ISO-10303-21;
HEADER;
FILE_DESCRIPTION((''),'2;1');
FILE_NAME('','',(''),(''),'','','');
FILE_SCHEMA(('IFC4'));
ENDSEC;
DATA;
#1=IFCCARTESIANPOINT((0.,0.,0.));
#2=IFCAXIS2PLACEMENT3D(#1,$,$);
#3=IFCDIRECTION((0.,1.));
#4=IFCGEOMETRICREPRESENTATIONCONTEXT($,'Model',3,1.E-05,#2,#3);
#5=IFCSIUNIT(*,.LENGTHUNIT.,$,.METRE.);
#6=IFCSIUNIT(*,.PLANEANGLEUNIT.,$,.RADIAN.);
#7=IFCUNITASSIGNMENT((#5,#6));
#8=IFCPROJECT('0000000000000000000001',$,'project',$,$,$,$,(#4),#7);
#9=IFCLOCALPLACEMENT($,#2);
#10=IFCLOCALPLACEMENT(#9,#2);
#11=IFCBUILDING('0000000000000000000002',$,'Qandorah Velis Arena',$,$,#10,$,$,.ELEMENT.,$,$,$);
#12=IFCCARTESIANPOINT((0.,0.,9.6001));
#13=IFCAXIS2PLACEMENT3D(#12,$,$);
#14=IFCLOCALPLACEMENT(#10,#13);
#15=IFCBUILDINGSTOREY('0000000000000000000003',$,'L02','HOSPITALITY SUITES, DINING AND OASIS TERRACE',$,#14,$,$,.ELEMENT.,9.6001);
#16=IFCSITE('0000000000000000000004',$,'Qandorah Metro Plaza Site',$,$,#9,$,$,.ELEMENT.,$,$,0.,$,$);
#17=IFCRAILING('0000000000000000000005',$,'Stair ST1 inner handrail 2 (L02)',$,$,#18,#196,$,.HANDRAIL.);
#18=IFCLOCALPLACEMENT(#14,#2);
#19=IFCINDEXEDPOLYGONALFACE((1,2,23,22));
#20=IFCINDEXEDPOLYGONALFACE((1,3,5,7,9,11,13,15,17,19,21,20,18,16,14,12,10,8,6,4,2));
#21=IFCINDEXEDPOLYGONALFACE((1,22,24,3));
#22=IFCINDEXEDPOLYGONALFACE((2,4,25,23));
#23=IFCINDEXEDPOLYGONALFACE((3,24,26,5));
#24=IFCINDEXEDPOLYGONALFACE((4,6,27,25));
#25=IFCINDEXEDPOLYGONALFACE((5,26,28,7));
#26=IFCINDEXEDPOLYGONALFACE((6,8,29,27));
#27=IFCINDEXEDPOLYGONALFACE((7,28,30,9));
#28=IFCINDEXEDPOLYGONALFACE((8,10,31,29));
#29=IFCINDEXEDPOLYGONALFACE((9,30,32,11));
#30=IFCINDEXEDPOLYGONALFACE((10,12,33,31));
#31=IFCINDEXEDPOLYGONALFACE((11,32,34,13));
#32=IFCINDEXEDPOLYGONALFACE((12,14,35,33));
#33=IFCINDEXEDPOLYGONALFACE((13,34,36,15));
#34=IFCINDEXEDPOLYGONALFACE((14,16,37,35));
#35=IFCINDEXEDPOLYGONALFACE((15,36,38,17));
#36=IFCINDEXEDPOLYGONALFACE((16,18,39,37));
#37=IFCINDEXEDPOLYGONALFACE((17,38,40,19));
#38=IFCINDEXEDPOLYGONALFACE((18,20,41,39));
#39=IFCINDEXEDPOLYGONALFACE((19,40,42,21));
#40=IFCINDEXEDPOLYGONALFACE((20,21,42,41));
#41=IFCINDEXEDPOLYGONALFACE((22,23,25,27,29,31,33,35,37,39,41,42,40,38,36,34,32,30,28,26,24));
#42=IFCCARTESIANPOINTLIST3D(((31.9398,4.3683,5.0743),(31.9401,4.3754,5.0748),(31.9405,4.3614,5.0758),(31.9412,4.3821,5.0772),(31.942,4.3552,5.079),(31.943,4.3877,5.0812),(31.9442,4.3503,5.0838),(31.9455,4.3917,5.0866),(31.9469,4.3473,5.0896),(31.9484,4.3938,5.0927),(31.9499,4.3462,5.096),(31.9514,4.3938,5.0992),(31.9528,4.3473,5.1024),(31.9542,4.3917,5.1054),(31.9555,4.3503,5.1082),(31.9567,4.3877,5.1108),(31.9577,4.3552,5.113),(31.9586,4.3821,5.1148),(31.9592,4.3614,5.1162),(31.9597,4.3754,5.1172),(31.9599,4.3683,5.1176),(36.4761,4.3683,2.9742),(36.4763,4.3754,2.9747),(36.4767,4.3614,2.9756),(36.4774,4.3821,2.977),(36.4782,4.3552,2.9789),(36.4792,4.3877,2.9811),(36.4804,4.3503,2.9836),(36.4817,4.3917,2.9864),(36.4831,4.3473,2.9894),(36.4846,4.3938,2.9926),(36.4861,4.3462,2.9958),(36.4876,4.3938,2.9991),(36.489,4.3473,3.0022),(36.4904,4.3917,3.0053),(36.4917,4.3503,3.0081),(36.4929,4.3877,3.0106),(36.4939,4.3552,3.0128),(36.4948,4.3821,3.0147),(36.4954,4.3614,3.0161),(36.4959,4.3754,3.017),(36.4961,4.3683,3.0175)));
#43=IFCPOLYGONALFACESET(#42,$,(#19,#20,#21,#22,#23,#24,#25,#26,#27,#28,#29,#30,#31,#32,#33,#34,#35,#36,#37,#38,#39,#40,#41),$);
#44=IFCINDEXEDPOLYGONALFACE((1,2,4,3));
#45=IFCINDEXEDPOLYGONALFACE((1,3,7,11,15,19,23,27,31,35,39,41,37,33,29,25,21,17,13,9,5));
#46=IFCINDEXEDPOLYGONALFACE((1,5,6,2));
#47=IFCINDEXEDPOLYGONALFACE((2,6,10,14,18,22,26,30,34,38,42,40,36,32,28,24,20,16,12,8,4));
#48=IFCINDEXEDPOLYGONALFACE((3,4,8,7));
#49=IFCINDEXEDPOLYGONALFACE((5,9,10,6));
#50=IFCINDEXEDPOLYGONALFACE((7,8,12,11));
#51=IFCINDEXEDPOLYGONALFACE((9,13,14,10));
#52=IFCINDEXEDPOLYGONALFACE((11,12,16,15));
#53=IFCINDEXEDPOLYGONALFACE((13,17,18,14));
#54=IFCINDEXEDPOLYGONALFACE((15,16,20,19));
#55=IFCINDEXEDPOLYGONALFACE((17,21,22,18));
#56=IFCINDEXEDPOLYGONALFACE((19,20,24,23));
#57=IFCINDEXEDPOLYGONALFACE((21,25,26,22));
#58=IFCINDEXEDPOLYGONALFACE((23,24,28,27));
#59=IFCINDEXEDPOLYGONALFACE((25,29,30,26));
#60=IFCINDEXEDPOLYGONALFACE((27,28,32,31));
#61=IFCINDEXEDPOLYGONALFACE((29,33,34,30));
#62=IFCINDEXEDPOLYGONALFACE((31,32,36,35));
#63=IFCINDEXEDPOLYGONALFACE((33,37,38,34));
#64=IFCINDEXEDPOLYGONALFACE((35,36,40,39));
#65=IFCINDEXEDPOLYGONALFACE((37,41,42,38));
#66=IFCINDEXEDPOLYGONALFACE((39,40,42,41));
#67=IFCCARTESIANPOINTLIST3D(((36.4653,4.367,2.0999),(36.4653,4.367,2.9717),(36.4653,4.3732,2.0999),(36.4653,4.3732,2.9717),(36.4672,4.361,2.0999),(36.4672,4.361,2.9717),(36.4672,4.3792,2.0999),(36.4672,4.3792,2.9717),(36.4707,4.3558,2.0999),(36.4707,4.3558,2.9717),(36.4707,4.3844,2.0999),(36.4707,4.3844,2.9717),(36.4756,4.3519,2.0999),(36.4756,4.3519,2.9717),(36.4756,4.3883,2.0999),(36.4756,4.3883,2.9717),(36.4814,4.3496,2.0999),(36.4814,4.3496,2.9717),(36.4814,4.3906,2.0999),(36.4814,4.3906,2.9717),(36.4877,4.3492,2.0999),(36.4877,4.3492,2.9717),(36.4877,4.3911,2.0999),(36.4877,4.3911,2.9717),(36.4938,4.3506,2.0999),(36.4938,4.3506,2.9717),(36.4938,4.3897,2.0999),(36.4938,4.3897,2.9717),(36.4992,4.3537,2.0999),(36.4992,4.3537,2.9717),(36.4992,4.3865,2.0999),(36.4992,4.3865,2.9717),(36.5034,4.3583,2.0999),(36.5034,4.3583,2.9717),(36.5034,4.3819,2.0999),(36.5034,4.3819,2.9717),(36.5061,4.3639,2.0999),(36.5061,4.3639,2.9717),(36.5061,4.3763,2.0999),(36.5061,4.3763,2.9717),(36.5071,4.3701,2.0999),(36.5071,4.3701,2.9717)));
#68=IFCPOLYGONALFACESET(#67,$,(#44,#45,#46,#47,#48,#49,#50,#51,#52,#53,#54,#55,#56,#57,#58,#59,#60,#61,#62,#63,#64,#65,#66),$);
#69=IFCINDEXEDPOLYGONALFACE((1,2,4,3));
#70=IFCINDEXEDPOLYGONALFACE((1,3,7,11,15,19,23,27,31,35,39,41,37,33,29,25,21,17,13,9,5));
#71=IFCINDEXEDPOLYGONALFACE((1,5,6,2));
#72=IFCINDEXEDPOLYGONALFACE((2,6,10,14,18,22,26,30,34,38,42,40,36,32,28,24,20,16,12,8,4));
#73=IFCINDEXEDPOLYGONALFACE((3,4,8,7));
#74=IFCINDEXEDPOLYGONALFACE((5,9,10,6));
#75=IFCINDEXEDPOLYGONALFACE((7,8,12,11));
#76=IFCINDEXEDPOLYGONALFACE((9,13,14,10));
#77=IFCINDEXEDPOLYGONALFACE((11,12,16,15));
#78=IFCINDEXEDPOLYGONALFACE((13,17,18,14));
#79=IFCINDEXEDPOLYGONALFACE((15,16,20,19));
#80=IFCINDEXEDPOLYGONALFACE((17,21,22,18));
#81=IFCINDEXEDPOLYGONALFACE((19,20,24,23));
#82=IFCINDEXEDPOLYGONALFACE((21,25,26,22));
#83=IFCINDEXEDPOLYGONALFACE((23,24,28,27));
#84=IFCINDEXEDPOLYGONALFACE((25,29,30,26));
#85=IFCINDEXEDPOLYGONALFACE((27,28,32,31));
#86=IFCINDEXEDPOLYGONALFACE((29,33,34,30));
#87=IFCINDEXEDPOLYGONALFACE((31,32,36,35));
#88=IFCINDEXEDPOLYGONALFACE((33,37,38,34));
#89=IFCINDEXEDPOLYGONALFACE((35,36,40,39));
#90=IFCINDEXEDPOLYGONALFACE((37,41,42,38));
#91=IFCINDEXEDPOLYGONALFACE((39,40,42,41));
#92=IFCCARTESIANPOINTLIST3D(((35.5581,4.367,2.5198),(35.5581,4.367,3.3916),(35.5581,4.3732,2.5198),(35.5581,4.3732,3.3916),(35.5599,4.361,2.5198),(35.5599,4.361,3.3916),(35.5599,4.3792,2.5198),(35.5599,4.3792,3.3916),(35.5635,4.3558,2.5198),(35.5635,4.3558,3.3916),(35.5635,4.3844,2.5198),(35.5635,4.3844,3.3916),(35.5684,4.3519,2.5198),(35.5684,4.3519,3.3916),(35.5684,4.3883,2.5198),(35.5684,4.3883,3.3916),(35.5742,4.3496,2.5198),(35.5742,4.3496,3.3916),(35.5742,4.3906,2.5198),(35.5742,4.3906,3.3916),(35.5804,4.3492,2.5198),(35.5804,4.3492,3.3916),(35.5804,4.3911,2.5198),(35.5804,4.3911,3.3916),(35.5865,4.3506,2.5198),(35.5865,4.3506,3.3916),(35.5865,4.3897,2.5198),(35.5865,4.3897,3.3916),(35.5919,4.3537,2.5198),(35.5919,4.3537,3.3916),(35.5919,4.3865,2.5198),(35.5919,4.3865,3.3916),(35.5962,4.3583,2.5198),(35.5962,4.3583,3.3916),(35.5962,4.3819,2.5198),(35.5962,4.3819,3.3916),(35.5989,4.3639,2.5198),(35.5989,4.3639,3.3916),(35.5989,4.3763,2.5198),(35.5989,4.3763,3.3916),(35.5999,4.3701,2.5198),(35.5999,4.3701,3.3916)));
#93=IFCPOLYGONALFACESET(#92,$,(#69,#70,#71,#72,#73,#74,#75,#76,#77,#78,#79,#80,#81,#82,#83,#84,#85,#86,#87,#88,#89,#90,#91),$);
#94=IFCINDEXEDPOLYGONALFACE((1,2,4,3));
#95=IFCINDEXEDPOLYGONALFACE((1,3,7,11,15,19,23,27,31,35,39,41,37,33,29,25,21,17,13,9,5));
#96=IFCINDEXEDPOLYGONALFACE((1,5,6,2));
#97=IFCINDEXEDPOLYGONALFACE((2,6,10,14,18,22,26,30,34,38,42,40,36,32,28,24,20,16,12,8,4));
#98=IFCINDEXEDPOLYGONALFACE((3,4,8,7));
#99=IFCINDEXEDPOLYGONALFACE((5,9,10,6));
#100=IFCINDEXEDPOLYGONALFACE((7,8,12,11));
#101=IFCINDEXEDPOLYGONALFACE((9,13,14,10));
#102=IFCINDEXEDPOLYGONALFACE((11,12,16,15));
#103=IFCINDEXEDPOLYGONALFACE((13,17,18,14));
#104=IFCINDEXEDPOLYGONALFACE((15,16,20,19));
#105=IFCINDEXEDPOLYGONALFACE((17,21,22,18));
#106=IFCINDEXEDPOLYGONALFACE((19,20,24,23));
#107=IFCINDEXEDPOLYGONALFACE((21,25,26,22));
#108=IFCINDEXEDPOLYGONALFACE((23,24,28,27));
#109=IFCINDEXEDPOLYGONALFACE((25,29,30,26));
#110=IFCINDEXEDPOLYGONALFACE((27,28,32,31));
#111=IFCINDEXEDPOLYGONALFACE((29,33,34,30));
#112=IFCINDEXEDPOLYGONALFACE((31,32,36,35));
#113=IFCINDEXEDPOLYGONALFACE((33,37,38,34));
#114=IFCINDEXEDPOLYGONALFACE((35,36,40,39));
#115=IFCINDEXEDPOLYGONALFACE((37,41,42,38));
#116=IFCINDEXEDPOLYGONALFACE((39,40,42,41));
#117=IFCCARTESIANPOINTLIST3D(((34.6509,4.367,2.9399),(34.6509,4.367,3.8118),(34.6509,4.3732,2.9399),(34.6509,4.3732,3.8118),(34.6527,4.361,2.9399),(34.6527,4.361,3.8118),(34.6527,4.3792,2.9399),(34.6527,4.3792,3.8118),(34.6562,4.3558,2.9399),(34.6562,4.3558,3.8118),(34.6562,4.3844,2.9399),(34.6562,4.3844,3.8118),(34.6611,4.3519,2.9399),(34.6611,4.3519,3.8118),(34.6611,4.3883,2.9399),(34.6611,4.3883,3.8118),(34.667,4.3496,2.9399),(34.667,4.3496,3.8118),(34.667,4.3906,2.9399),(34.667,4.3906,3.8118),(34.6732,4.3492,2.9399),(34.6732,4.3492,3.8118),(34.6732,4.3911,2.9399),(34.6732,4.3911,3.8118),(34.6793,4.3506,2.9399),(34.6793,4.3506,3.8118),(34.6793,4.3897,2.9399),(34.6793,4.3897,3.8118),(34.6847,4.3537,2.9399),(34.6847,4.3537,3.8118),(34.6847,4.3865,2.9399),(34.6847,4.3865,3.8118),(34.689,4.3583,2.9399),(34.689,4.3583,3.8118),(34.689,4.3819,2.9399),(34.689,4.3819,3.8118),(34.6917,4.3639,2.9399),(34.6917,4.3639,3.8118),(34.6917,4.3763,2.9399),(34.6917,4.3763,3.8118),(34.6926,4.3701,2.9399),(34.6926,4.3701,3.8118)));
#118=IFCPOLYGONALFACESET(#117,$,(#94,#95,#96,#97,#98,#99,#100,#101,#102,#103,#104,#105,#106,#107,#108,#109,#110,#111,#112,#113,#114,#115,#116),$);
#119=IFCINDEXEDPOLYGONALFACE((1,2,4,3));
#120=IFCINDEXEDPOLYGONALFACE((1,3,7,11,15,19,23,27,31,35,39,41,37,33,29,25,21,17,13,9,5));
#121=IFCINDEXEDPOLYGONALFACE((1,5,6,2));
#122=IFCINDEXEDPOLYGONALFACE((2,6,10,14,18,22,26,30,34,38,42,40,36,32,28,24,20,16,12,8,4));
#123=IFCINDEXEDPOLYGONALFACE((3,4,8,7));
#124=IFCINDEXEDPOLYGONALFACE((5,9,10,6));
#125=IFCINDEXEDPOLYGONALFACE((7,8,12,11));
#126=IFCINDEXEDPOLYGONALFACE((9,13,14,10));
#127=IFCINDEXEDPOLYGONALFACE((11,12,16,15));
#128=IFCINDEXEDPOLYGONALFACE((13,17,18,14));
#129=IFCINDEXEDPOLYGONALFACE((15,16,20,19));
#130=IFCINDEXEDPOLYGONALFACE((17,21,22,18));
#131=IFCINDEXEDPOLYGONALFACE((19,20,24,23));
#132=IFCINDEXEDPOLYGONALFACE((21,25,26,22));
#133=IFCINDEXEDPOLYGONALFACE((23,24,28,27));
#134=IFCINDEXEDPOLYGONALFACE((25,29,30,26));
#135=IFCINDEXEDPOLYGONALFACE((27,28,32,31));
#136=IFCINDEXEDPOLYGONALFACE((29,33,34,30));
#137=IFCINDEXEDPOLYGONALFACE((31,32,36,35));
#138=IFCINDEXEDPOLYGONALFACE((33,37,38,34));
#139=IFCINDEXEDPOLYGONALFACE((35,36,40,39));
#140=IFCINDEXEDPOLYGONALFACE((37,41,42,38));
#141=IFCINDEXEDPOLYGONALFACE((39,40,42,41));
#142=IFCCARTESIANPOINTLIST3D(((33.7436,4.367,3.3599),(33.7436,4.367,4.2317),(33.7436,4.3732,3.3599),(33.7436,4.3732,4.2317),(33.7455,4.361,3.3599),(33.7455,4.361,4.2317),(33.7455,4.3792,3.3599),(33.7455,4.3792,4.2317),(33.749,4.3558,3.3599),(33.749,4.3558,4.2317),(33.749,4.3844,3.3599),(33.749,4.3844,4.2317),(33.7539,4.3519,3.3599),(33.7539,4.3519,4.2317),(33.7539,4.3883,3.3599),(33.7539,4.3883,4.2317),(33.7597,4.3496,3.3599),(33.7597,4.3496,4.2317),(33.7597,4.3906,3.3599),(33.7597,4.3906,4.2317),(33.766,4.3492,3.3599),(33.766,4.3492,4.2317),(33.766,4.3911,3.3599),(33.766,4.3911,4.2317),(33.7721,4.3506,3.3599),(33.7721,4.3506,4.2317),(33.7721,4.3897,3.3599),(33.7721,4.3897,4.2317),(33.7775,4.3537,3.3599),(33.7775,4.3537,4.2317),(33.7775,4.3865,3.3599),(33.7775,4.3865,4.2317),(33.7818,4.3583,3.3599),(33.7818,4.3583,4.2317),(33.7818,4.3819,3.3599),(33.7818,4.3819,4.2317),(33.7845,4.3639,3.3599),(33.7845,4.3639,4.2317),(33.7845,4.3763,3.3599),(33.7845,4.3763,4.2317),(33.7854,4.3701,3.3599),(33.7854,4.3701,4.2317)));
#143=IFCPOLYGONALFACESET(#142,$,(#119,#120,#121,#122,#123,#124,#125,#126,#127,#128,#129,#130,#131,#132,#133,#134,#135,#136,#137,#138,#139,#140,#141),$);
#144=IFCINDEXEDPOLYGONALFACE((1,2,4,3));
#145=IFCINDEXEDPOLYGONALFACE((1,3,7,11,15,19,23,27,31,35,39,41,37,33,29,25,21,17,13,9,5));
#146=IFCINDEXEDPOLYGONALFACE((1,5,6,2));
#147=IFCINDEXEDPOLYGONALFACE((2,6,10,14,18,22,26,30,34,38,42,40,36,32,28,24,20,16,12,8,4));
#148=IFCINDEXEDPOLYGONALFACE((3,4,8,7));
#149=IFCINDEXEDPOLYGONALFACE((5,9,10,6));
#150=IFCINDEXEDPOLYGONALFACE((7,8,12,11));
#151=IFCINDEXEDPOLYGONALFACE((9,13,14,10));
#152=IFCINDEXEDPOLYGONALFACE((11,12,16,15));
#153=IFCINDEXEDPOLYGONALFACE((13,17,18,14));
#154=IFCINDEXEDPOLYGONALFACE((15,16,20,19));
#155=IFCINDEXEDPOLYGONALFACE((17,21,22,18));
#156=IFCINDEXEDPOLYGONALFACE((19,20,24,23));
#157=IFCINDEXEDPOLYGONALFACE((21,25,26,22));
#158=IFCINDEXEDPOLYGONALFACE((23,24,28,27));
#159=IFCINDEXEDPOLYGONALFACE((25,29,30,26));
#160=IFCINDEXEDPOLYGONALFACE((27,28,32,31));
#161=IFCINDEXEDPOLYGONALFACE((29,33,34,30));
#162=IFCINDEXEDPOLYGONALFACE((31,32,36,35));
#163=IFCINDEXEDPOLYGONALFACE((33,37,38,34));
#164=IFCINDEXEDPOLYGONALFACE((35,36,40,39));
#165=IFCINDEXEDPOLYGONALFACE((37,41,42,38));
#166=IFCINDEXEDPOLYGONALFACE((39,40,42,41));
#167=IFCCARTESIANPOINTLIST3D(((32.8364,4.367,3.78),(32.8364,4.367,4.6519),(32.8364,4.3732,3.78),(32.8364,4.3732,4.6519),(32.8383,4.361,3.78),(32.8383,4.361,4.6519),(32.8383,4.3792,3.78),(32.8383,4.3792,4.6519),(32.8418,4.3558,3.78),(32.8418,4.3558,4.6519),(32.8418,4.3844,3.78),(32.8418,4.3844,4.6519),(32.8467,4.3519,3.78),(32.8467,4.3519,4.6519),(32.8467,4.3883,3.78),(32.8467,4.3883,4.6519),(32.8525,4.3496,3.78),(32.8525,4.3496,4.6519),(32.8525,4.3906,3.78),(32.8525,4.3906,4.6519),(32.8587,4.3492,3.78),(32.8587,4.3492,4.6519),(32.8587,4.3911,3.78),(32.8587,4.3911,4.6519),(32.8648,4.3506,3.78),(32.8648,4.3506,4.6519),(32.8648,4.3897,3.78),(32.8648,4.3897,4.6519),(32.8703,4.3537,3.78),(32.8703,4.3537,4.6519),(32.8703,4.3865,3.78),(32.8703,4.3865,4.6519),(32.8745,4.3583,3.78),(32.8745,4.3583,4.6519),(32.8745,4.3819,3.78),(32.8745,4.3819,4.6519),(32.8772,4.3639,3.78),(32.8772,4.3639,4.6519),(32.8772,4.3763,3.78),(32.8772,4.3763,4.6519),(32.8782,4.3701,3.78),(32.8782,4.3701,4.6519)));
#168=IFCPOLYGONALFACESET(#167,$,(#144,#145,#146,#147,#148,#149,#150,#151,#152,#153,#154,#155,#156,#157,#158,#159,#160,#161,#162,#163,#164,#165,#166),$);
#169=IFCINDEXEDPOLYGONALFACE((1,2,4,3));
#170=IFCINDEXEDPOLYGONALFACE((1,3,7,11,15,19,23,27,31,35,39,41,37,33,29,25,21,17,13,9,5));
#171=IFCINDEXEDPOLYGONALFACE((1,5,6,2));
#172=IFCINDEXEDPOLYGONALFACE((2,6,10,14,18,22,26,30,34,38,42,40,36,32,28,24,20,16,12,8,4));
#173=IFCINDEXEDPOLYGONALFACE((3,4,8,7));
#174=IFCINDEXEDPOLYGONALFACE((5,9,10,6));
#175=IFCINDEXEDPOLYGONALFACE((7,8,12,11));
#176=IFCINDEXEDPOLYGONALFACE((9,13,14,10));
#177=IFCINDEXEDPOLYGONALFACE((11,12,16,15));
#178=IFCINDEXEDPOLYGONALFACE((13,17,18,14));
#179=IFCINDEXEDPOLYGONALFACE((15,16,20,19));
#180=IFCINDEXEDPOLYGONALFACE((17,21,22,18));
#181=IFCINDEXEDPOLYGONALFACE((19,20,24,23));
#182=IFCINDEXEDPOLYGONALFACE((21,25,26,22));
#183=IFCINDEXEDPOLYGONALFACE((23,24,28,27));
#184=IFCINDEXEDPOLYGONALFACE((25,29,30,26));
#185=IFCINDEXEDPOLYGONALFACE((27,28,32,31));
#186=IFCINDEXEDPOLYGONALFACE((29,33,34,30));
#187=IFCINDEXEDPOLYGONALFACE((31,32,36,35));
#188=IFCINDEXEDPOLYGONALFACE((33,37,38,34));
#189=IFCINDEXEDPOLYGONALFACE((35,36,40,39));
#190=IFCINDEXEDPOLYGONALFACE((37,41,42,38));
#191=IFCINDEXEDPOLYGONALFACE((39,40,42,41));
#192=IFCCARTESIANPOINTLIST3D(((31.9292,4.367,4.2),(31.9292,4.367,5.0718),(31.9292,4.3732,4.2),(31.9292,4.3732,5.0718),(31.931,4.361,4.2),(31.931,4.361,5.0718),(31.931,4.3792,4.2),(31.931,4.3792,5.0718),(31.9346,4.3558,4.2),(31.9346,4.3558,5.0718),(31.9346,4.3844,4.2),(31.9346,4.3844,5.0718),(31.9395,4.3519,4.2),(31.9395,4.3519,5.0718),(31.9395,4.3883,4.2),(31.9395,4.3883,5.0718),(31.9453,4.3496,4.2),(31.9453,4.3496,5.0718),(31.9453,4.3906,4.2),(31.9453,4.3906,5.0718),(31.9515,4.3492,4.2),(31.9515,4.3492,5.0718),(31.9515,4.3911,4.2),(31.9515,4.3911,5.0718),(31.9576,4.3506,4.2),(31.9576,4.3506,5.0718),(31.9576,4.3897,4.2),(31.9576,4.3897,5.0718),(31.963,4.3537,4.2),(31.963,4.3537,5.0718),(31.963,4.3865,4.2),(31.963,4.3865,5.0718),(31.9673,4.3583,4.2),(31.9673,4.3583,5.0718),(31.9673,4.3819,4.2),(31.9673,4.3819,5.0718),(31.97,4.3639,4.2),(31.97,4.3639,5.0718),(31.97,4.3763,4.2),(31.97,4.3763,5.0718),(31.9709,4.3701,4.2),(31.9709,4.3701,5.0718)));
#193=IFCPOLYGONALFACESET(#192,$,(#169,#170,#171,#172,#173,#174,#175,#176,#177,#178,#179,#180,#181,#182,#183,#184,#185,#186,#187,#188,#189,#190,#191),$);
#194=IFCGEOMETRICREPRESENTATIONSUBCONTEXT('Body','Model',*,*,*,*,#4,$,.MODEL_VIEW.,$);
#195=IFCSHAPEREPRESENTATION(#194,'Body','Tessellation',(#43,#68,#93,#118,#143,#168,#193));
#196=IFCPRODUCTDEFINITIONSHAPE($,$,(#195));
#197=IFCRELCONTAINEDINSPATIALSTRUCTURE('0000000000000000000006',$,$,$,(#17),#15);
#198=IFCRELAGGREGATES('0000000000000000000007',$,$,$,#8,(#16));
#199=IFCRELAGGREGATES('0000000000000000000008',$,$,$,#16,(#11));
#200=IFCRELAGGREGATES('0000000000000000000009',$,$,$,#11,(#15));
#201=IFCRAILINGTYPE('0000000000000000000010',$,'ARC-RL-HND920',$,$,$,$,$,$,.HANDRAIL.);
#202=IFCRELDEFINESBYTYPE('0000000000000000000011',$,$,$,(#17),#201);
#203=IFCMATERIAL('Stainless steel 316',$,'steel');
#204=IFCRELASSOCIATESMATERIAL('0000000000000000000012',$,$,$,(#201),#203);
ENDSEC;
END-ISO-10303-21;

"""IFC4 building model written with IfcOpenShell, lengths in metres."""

from ifc_helpers import new_model, si_unit, direction, frame, origin, origin_2d, place, context, subcontext, project, spatial, circle, extrude, material, type_object, element, save


model = new_model("IFC4")

# Units and contexts
model_context = context("Model", 3, precision=1e-05, world=origin(), true_north=direction((0.0, 1.0)))
body_context = subcontext(model_context, "Body", "Model", "MODEL_VIEW")
ifc_project = project(units=[si_unit("LENGTHUNIT", "METRE"), si_unit("PLANEANGLEUNIT", "RADIAN")], contexts=[model_context])

# Site, building, storey
site_placement = place(None, origin())
site = spatial("IfcSite", under=ifc_project, at=site_placement, Name="Qandorah Metro Plaza Site", CompositionType="ELEMENT", RefElevation=0.0)
building_placement = place(site_placement, origin())
building = spatial("IfcBuilding", under=site, at=building_placement, Name="Qandorah Velis Arena", CompositionType="ELEMENT")
storey_placement = place(building_placement, frame((0.0, 0.0, 9.6001)))
storey = spatial("IfcBuildingStorey", under=building, at=storey_placement, Name="L02", Description="HOSPITALITY SUITES, DINING AND OASIS TERRACE", CompositionType="ELEMENT", Elevation=9.6001)

# Railing
ifc_material_1 = material(Name="Stainless steel 316", Category="steel")
railing_type_1 = type_object("IfcRailingType", Name="ARC-RL-HND920", PredefinedType="HANDRAIL", material=ifc_material_1)
railing_1_placement = place(storey_placement, frame((36.4861, 4.3701, 2.0999)))
element("IfcRailing", 1, at=railing_1_placement, inside=storey, type_object=railing_type_1, Name="Stair ST1 inner handrail 2 (L02)", PredefinedType="HANDRAIL", context=body_context, shape_type="SweptSolid", body=[
    extrude(circle(Radius=0.0239, at=origin_2d()), frame((0.0, 0.0, 0.896), z_axis=(-0.907464, 0.0, 0.42013), x_axis=(0.0, -1.0, 0.0)), (0.0, 0.0, 1.0), 4.9988),
    extrude(circle(Radius=0.021, at=origin_2d()), origin(), (0.0, 0.0, 1.0), 0.8718),
    extrude(circle(Radius=0.021, at=origin_2d()), frame((-0.9072, 0.0, 0.4199)), (0.0, 0.0, 1.0), 0.8718),
    extrude(circle(Radius=0.021, at=origin_2d()), frame((-1.8145, 0.0, 0.8401)), (0.0, 0.0, 1.0), 0.8718),
    extrude(circle(Radius=0.021, at=origin_2d()), frame((-2.7217, 0.0, 1.26)), (0.0, 0.0, 1.0), 0.8718),
    extrude(circle(Radius=0.021, at=origin_2d()), frame((-3.6289, 0.0, 1.6802)), (0.0, 0.0, 1.0), 0.8718),
    extrude(circle(Radius=0.021, at=origin_2d()), frame((-4.5361, 0.0, 2.1001)), (0.0, 0.0, 1.0), 0.8718),
])

save(model, "model.ifc")
